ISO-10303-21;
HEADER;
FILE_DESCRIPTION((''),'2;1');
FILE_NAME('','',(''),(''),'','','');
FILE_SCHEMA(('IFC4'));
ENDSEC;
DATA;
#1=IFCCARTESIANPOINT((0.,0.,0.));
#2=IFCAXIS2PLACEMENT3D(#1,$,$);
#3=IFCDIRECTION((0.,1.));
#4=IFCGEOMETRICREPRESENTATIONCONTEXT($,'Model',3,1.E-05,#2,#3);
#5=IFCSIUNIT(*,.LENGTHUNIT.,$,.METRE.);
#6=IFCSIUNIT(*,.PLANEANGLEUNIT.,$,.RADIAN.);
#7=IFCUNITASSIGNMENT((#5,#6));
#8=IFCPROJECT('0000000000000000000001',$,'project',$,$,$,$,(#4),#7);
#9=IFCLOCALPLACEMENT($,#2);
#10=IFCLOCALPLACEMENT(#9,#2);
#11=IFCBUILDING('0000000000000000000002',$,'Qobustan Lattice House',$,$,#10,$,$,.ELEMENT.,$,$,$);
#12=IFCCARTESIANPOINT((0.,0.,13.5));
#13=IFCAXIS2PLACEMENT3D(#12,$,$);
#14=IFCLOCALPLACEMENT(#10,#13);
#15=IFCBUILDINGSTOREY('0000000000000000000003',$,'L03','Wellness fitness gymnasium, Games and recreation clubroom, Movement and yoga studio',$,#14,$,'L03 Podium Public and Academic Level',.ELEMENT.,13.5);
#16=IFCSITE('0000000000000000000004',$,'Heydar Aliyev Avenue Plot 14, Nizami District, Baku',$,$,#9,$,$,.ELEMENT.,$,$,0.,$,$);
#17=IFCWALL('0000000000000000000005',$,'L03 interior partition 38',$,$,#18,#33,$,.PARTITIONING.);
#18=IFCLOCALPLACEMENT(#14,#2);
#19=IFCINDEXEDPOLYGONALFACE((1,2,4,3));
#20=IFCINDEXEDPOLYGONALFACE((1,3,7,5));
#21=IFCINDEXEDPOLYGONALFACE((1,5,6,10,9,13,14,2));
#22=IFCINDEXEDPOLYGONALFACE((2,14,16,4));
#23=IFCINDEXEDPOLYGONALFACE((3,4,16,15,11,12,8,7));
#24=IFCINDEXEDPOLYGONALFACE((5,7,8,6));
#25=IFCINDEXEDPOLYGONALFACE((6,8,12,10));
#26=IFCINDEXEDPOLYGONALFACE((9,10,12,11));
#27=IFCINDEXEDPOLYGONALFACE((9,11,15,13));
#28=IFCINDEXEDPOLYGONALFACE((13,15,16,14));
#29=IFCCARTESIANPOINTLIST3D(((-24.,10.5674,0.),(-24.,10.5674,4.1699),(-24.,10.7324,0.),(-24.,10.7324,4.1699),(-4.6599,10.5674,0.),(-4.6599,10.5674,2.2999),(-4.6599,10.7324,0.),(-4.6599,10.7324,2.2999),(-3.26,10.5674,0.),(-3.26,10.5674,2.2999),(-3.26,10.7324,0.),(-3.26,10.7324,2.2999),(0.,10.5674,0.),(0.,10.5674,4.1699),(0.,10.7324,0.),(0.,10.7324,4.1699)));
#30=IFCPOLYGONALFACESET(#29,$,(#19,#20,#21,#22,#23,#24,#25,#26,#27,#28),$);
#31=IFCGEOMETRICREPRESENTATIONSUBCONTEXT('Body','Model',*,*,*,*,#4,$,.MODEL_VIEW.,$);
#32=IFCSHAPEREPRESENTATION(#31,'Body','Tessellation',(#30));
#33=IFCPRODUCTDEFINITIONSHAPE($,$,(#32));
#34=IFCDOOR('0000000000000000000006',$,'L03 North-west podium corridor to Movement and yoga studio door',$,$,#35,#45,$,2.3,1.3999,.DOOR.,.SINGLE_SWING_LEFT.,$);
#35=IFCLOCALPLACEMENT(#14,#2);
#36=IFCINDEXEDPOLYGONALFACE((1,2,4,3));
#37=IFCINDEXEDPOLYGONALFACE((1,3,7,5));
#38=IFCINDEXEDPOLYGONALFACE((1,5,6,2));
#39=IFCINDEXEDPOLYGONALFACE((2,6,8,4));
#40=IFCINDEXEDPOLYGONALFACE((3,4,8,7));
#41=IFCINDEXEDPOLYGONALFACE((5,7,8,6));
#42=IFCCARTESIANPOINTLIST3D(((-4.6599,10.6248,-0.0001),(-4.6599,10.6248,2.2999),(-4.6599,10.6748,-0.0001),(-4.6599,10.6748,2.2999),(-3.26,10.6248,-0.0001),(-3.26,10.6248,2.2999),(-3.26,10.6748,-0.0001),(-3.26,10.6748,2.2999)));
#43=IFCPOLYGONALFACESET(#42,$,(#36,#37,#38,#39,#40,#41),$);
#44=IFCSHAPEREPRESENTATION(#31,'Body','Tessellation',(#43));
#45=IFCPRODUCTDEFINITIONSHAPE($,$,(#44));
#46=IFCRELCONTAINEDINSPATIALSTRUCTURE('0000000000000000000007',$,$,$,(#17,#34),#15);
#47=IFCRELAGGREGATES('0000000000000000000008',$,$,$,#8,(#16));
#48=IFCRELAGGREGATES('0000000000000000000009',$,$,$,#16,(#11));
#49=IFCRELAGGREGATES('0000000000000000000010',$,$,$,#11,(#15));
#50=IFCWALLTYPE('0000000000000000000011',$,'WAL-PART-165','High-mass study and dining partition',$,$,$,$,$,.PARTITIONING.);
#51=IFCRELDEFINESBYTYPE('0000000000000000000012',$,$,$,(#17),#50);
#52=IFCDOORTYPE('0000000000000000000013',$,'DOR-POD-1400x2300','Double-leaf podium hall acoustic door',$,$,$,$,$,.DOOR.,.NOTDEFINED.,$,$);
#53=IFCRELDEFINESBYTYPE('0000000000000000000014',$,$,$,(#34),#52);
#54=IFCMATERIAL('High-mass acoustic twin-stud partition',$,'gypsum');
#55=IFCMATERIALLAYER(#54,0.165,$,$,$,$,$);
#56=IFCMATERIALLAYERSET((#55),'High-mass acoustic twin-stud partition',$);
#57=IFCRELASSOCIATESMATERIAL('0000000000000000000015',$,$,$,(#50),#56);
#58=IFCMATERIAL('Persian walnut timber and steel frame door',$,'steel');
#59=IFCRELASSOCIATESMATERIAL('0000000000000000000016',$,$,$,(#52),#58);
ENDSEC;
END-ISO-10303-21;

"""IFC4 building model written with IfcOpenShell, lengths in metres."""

from ifc_helpers import new_model, si_unit, direction, frame, frame_2d, origin, place, context, subcontext, project, spatial, rectangle, extrude, material, layer, layer_set, type_object, element, fill, save


model = new_model("IFC4")

# Units and contexts
model_context = context("Model", 3, precision=1e-05, world=origin(), true_north=direction((0.0, 1.0)))
body_context = subcontext(model_context, "Body", "Model", "MODEL_VIEW")
ifc_project = project(units=[si_unit("LENGTHUNIT", "METRE"), si_unit("PLANEANGLEUNIT", "RADIAN")], contexts=[model_context])

# Site, building, storey
site_placement = place(None, origin())
site = spatial("IfcSite", under=ifc_project, at=site_placement, Name="Heydar Aliyev Avenue Plot 14, Nizami District, Baku", CompositionType="ELEMENT", RefElevation=0.0)
building_placement = place(site_placement, origin())
building = spatial("IfcBuilding", under=site, at=building_placement, Name="Qobustan Lattice House", CompositionType="ELEMENT")
storey_placement = place(building_placement, frame((0.0, 0.0, 13.5)))
storey = spatial("IfcBuildingStorey", under=building, at=storey_placement, Name="L03", Description="Wellness fitness gymnasium, Games and recreation clubroom, Movement and yoga studio", LongName="L03 Podium Public and Academic Level", CompositionType="ELEMENT", Elevation=13.5)

# Shared definitions
ifc_material_1 = material(Name="High-mass acoustic twin-stud partition", Category="gypsum")
ifc_layer_1 = layer(ifc_material_1, 0.165)
ifc_layer_set_1 = layer_set([ifc_layer_1], Name="High-mass acoustic twin-stud partition")
wall_type_1 = type_object("IfcWallType", Name="WAL-PART-165", Description="High-mass study and dining partition", PredefinedType="PARTITIONING", material=ifc_layer_set_1)

# Wall, opening, door
wall_1_placement = place(storey_placement, frame((-24.0, 10.6499, 0.0), z_axis=(0.0, 0.0, 1.0), x_axis=(1.0, 0.0, 0.0)))
wall_1 = element("IfcWall", 1, at=wall_1_placement, inside=storey, type_object=wall_type_1, Name="L03 interior partition 38", PredefinedType="PARTITIONING", context=body_context, shape_type="SweptSolid", body=[
    extrude(rectangle(XDim=24.0, YDim=0.165, at=frame_2d((12.0, 0.0))), origin(), (0.0, 0.0, 1.0), 4.1699),
])
opening_1_placement = place(wall_1_placement, frame((19.3401, 0.0, 0.0)))
opening_1 = element("IfcOpeningElement", 2, at=opening_1_placement, cuts=wall_1, PredefinedType="OPENING", context=body_context, shape_type="SweptSolid", body=[
    extrude(rectangle(XDim=1.3999, YDim=2.3, at=frame_2d((0.7, 1.1499))), frame((0.0, 0.0925, 0.0), z_axis=(0.0, -1.0, 0.0), x_axis=(1.0, 0.0, 0.0)), (0.0, 0.0, 1.0), 0.1851),
])
ifc_material_2 = material(Name="Persian walnut timber and steel frame door", Category="steel")
door_type = type_object("IfcDoorType", Name="DOR-POD-1400x2300", Description="Double-leaf podium hall acoustic door", OperationType="NOTDEFINED", PredefinedType="DOOR", material=ifc_material_2)
door_placement = place(opening_1_placement, origin())
door = element("IfcDoor", 3, at=door_placement, inside=storey, type_object=door_type, Name="L03 North-west podium corridor to Movement and yoga studio door", OperationType="SINGLE_SWING_LEFT", OverallHeight=2.3, OverallWidth=1.3999, PredefinedType="DOOR", context=body_context, shape_type="SweptSolid", body=[
    extrude(rectangle(XDim=1.3999, YDim=2.3, at=frame_2d((0.7, 1.1499))), frame((0.0, 0.0249, 0.0), z_axis=(0.0, -1.0, 0.0), x_axis=(1.0, 0.0, 0.0)), (0.0, 0.0, 1.0), 0.05),
])
fill(opening_1, door)

save(model, "model.ifc")
